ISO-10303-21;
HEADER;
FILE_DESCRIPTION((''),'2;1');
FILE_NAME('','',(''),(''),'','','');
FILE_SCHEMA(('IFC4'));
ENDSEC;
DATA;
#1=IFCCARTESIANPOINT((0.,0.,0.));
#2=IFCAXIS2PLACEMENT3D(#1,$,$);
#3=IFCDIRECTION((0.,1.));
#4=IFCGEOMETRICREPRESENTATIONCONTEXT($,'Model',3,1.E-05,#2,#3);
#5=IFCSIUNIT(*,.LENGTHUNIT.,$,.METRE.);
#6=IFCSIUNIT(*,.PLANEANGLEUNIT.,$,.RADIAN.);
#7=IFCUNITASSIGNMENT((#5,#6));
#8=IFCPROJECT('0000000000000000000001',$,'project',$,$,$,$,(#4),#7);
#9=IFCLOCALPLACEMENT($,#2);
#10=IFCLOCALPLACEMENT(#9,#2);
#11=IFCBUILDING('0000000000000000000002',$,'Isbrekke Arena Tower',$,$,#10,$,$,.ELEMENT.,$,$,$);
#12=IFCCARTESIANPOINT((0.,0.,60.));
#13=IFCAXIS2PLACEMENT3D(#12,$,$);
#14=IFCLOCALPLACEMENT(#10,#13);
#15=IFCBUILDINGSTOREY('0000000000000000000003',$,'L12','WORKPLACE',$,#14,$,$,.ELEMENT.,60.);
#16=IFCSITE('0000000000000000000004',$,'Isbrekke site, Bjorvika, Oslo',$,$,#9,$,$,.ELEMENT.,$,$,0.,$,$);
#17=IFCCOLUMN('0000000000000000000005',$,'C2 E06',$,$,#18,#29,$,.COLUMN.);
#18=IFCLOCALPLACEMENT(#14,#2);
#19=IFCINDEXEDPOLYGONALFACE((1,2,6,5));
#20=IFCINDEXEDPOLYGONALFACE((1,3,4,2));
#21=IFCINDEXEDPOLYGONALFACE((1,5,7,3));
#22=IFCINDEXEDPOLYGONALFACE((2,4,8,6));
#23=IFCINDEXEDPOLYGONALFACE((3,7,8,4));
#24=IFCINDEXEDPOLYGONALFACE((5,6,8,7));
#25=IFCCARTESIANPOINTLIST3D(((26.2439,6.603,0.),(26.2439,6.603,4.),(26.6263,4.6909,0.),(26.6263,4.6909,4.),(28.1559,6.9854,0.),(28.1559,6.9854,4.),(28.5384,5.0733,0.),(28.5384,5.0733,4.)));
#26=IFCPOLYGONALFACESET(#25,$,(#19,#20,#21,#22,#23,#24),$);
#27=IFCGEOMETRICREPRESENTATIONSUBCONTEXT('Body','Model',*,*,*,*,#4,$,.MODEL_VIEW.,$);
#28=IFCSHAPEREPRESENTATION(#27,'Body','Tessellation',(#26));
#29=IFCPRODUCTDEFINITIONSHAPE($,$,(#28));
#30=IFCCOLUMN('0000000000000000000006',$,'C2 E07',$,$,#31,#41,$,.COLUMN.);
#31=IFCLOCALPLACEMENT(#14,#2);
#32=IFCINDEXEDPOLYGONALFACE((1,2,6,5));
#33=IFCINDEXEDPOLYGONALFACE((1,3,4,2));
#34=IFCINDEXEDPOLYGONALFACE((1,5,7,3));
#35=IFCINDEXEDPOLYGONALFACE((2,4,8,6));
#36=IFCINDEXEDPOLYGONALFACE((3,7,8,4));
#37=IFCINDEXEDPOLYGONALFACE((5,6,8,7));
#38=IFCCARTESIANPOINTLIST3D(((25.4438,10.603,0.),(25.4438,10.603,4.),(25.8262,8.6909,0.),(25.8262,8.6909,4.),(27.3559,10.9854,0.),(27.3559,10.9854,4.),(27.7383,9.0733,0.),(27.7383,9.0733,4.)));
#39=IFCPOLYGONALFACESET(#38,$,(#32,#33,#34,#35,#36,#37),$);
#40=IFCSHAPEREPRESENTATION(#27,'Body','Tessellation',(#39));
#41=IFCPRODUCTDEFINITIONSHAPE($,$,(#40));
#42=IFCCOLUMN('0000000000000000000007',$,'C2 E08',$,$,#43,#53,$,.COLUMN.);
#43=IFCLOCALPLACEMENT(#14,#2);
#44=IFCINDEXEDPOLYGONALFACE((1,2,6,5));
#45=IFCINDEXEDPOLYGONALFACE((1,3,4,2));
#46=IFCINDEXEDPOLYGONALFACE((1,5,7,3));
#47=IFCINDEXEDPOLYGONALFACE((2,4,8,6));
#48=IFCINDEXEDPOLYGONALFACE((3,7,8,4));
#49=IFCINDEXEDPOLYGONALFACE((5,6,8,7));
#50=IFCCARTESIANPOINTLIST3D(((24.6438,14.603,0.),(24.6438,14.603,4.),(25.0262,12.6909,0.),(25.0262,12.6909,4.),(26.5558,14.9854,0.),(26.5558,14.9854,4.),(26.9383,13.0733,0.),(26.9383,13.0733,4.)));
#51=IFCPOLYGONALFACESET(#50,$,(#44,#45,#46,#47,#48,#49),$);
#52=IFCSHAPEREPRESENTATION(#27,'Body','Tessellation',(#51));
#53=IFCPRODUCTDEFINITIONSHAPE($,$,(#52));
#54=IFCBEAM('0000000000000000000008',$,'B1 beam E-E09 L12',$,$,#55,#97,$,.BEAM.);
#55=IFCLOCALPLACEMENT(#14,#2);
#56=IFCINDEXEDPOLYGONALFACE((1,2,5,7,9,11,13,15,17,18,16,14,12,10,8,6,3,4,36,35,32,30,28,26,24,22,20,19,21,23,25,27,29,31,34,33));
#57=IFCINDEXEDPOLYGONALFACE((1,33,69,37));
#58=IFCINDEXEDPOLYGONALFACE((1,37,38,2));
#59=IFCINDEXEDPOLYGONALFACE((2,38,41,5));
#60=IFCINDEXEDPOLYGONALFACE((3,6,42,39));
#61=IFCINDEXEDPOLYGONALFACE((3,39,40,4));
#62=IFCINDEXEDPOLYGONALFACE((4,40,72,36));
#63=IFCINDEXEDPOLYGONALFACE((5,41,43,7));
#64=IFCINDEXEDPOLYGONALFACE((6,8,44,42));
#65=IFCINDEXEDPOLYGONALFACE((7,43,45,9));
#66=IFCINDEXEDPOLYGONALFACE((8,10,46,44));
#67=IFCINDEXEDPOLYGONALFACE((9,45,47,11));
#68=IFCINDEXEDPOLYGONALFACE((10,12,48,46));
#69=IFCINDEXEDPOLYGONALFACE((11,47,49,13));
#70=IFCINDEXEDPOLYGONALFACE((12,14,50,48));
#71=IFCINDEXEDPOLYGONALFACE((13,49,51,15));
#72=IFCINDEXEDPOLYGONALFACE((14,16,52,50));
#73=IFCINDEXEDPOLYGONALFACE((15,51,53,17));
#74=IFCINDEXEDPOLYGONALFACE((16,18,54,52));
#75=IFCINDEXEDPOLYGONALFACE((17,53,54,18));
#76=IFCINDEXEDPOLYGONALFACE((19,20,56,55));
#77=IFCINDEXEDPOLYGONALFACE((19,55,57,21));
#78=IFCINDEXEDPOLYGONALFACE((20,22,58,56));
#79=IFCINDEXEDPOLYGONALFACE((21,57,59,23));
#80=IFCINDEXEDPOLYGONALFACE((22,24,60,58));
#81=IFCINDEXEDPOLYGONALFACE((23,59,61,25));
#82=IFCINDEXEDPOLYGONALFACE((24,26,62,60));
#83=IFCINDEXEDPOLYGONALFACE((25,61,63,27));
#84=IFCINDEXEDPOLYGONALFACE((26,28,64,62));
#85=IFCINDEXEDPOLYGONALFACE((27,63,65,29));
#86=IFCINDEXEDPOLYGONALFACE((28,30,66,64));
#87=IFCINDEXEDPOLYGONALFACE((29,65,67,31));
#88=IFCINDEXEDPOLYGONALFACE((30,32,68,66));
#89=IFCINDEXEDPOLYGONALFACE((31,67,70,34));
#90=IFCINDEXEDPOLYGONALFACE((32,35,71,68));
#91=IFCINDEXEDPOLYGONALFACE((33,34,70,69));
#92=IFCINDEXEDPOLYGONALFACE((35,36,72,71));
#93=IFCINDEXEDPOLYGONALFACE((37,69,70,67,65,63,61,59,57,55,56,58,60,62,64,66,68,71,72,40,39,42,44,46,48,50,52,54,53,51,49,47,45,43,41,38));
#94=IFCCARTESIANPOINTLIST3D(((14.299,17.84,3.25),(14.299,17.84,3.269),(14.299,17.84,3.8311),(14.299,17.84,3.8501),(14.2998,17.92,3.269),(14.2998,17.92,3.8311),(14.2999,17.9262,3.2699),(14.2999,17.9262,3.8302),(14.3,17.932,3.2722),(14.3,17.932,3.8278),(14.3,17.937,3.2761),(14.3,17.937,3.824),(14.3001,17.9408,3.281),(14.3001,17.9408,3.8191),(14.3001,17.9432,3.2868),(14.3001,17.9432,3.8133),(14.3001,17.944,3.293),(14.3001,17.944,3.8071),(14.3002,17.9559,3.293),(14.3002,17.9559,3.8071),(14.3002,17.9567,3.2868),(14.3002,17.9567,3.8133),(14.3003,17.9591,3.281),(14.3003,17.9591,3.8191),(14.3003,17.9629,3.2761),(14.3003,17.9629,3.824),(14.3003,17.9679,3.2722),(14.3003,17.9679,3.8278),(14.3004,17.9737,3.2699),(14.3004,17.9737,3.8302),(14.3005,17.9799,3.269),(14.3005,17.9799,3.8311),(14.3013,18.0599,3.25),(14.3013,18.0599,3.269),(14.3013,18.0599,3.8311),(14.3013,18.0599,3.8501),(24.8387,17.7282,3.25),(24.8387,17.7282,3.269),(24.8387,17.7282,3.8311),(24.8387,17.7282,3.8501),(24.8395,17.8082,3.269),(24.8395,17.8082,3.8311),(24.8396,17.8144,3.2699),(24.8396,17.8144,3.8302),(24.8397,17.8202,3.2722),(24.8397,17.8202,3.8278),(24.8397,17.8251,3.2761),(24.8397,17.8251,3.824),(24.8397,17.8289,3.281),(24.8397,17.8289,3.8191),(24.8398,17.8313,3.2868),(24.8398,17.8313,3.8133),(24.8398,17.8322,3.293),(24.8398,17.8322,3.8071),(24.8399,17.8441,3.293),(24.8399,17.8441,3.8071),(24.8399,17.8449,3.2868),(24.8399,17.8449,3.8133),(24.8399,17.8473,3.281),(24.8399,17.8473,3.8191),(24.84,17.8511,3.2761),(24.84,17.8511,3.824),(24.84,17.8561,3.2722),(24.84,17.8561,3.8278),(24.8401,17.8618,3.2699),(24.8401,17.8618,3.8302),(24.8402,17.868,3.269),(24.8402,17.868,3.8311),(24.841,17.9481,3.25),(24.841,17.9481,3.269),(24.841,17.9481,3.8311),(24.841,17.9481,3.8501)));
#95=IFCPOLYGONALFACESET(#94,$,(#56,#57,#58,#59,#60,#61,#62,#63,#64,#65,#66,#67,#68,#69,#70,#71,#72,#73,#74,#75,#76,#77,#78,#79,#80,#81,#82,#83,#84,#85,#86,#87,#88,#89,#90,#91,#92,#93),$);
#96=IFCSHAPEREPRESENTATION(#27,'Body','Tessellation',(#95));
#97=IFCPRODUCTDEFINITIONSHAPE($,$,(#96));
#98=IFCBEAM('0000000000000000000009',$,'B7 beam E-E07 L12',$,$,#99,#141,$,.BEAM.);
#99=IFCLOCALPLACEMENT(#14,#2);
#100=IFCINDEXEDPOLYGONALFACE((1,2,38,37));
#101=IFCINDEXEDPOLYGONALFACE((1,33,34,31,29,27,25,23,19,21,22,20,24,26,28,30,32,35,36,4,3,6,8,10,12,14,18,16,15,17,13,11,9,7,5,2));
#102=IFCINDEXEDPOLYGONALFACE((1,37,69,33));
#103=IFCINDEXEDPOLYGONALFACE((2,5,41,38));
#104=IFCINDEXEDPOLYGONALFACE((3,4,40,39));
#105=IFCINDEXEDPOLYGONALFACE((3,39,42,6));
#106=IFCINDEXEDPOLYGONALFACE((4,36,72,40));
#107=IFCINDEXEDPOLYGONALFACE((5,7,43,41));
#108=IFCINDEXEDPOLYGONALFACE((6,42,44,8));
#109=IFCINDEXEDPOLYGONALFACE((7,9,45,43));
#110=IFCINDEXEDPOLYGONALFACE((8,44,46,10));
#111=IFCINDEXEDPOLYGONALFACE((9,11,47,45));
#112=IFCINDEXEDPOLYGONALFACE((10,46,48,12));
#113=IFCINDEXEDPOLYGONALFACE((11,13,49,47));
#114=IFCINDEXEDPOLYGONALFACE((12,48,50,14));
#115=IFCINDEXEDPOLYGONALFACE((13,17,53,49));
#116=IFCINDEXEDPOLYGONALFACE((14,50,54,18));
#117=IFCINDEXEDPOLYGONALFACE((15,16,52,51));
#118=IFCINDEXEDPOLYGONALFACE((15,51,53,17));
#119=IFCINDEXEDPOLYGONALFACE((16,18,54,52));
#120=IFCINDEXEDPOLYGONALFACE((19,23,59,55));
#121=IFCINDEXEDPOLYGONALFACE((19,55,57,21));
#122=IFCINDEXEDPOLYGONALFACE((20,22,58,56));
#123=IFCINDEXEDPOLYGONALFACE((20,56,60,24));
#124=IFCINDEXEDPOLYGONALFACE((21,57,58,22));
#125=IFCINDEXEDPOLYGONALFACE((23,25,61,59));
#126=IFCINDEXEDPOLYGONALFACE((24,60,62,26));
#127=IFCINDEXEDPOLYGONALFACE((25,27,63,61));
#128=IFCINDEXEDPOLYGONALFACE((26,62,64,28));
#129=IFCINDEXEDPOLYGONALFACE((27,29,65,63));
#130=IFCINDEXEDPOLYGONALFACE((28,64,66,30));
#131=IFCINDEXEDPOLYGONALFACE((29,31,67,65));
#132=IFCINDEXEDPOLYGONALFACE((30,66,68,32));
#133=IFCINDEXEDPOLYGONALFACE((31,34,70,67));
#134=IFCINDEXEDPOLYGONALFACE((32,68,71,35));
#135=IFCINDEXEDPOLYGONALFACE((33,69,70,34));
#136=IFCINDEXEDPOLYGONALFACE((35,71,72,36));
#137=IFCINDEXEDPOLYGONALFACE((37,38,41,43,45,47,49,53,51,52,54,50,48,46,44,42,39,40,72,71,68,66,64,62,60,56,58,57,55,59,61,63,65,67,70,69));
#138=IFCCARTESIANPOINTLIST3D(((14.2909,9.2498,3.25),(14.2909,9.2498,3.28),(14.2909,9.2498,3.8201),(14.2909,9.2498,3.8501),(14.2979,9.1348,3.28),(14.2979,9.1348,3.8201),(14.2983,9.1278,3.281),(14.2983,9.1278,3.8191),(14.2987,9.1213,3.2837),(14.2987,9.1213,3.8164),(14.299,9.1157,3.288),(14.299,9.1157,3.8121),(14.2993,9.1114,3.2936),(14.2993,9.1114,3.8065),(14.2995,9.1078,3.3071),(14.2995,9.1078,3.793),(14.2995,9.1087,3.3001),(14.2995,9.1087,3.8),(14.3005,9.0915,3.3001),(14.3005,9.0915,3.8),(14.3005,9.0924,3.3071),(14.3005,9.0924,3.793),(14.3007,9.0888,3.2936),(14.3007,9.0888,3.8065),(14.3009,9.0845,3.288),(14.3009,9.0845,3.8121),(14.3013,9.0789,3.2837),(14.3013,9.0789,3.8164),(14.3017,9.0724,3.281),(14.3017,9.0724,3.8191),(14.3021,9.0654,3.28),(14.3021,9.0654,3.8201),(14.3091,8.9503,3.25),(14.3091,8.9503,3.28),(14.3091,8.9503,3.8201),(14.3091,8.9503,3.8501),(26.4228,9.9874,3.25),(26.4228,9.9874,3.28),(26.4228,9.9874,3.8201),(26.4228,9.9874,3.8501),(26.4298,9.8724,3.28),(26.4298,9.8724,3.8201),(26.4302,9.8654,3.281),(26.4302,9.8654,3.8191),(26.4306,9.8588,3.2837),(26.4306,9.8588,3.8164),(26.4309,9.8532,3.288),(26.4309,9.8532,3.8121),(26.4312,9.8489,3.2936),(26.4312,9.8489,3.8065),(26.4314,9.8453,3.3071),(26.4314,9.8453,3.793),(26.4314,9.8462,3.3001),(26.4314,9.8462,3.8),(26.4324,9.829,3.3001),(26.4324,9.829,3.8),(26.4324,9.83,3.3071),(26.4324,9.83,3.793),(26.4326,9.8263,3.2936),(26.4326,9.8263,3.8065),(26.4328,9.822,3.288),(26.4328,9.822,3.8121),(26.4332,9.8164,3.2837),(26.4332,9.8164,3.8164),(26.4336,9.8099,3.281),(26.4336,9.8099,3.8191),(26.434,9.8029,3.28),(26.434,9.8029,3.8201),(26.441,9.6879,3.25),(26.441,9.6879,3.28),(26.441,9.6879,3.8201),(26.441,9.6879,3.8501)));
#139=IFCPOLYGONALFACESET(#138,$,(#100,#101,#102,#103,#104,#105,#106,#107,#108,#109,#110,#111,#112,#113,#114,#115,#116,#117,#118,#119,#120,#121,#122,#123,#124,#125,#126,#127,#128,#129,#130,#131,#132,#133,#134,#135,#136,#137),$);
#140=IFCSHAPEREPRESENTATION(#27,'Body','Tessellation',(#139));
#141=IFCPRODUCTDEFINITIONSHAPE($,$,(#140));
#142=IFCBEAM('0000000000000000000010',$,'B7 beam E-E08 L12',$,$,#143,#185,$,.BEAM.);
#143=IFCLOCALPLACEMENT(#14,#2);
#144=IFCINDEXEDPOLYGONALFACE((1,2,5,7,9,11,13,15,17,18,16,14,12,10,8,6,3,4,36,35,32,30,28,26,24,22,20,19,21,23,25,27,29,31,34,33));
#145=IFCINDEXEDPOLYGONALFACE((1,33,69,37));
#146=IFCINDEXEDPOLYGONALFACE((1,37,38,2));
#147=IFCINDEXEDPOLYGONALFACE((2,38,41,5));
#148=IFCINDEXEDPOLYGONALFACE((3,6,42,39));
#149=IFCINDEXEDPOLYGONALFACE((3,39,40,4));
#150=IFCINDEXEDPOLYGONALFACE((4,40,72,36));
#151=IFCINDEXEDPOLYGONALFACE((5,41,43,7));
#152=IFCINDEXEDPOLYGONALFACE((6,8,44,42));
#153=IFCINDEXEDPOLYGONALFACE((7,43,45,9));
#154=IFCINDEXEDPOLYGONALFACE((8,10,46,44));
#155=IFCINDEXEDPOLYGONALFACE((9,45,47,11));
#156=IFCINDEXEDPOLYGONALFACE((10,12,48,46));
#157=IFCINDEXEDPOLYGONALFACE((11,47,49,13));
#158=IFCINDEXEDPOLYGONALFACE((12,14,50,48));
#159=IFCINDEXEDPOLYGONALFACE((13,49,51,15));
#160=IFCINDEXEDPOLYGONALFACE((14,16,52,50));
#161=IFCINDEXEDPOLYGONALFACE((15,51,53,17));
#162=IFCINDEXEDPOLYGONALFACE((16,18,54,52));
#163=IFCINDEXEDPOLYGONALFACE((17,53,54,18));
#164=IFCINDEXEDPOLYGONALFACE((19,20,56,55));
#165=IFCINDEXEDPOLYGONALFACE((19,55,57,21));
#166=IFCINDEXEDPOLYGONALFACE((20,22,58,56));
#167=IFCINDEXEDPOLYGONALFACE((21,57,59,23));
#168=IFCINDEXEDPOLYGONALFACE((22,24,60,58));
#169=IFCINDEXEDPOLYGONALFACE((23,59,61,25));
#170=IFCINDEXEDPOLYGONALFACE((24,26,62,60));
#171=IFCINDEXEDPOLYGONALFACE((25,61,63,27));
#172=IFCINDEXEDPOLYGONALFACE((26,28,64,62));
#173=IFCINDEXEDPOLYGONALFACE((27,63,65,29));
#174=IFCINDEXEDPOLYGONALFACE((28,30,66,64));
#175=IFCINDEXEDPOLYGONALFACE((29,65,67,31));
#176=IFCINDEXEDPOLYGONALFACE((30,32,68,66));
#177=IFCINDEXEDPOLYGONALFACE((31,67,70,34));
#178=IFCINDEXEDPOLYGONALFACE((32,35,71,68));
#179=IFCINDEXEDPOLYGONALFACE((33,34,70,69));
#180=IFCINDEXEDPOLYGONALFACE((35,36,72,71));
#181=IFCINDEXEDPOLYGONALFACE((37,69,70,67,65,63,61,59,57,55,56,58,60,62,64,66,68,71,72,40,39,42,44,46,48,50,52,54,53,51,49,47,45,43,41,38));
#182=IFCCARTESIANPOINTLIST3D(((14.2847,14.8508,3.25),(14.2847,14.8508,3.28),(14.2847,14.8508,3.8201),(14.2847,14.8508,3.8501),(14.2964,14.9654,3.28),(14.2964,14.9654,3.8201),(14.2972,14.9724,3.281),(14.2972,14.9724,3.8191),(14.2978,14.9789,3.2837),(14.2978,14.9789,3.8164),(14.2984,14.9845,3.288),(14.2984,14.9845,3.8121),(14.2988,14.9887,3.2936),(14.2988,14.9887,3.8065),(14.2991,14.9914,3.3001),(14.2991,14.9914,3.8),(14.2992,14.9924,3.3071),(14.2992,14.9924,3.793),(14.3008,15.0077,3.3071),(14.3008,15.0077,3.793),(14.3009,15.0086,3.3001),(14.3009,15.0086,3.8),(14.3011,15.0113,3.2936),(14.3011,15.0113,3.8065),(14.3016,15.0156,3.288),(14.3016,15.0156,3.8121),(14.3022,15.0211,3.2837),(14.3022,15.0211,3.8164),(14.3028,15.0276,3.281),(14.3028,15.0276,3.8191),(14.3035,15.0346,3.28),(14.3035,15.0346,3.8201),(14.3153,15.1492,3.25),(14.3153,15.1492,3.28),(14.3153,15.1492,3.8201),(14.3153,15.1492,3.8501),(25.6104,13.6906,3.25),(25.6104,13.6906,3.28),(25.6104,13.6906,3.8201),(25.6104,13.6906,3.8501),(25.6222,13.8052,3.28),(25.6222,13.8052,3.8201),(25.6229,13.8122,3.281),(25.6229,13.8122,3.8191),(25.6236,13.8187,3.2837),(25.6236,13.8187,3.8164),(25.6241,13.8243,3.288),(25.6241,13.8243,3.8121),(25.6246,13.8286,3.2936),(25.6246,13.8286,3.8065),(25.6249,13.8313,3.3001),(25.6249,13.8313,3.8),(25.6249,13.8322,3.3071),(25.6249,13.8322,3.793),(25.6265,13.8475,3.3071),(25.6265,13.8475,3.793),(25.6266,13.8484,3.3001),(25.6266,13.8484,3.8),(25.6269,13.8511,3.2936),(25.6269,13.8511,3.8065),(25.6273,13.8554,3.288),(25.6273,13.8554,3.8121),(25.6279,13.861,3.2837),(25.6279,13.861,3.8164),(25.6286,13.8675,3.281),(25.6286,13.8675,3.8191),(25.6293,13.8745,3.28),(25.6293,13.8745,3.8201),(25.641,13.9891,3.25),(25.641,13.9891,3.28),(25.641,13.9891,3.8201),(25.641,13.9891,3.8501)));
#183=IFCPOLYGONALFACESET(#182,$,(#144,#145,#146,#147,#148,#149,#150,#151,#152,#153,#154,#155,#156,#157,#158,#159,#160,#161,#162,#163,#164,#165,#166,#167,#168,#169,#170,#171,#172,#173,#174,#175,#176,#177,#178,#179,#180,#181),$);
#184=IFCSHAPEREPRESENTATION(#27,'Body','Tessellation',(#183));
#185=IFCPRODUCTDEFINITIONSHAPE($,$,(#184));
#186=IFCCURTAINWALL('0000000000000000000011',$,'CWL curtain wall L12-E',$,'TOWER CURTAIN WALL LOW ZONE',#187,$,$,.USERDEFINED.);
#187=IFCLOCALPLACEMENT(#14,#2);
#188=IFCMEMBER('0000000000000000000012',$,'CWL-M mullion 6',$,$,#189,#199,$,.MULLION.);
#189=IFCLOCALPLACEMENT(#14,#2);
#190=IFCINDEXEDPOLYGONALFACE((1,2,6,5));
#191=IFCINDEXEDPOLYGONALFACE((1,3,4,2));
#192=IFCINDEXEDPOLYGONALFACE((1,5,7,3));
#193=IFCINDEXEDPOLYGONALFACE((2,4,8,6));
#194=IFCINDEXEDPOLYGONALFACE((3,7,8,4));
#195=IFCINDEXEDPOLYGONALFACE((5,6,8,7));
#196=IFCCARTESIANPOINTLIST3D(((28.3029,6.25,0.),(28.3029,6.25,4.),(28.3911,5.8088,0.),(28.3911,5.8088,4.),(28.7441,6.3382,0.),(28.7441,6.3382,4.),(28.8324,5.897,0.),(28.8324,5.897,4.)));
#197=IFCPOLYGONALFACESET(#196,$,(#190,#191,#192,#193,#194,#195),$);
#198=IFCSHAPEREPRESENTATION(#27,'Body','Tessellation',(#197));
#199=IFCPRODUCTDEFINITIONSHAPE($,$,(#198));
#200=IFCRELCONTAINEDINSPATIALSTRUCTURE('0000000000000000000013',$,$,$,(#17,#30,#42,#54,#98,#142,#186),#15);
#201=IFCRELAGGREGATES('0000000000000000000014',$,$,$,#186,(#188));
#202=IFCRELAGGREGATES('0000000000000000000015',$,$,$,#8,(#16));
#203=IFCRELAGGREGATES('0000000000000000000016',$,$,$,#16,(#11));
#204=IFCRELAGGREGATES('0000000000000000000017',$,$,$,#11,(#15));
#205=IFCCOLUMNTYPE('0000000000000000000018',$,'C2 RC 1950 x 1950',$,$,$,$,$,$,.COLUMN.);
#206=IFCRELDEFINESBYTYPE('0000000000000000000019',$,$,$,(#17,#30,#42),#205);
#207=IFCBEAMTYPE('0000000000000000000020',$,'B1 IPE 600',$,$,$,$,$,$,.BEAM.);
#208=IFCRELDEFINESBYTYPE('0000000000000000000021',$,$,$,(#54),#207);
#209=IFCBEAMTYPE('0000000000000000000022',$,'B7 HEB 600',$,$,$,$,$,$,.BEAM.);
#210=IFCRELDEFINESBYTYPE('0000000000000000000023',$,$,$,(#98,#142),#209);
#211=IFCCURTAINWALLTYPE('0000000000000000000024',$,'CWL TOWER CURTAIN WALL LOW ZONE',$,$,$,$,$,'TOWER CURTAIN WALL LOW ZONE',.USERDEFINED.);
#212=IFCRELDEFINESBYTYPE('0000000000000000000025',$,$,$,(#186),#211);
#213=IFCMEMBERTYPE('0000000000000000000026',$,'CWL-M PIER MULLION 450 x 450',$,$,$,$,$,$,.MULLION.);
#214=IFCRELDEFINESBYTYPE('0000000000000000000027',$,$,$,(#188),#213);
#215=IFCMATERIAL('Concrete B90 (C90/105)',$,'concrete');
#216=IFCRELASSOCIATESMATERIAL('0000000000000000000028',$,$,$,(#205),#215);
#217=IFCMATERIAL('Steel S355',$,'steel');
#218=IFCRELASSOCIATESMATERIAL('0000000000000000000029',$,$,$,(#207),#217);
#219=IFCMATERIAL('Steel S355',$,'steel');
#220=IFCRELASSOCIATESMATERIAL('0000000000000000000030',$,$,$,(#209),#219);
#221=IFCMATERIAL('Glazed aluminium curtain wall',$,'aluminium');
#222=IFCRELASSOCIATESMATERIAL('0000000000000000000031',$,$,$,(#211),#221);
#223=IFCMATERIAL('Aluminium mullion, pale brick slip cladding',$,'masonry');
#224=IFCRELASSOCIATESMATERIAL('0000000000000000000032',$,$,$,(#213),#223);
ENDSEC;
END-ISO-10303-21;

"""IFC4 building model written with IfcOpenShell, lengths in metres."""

from ifc_helpers import new_model, si_unit, direction, frame, origin, origin_2d, place, context, subcontext, project, spatial, rectangle, i_section, extrude, material, material_profile, profile_set, type_object, element, aggregate, save


model = new_model("IFC4")

# Units and contexts
model_context = context("Model", 3, precision=1e-05, world=origin(), true_north=direction((0.0, 1.0)))
body_context = subcontext(model_context, "Body", "Model", "MODEL_VIEW")
ifc_project = project(units=[si_unit("LENGTHUNIT", "METRE"), si_unit("PLANEANGLEUNIT", "RADIAN")], contexts=[model_context])

# Site, building, storey
site_placement = place(None, origin())
site = spatial("IfcSite", under=ifc_project, at=site_placement, Name="Isbrekke site, Bjorvika, Oslo", CompositionType="ELEMENT", RefElevation=0.0)
building_placement = place(site_placement, origin())
building = spatial("IfcBuilding", under=site, at=building_placement, Name="Isbrekke Arena Tower", CompositionType="ELEMENT")
storey_placement = place(building_placement, frame((0.0, 0.0, 60.0)))
storey = spatial("IfcBuildingStorey", under=building, at=storey_placement, Name="L12", Description="WORKPLACE", CompositionType="ELEMENT", Elevation=60.0)

# Columns
ifc_material_1 = material(Name="Concrete B90 (C90/105)", Category="concrete")
ifc_material_profile_1 = material_profile(ifc_material_1, rectangle(XDim=1.95, YDim=1.95, at=origin_2d()), Name="RC 1950x1950")
ifc_profile_set_1 = profile_set([ifc_material_profile_1], Name="Concrete B90 (C90/105)")
column_type = type_object("IfcColumnType", Name="C2 RC 1950 x 1950", PredefinedType="COLUMN", material=ifc_profile_set_1)
for number, where, z_axis, x_axis, name in (
    (1, (27.3911, 5.8381, 0.0), (0.0, 0.0, 1.0), (-0.196116, 0.980581, 0.0), "C2 E06"),
    (2, (26.5911, 9.8381, 0.0), (0.0, 0.0, 1.0), (-0.196116, 0.980581, 0.0), "C2 E07"),
    (3, (25.791, 13.8381, 0.0), (0.0, 0.0, 1.0), (-0.196116, 0.980581, 0.0), "C2 E08"),
):
    element("IfcColumn", number, at=place(storey_placement, frame(where, z_axis=z_axis, x_axis=x_axis)), inside=storey, type_object=column_type, Name=name, PredefinedType="COLUMN", context=body_context, shape_type="SweptSolid", body=[
        extrude(rectangle(XDim=1.95, YDim=1.95, at=origin_2d()), origin(), (0.0, 0.0, 1.0), 4.0),
    ])

# Beams
ifc_material_2 = material(Name="Steel S355", Category="steel")
ifc_material_profile_2 = material_profile(ifc_material_2, i_section(OverallWidth=0.22, OverallDepth=0.6001, WebThickness=0.012, FlangeThickness=0.019, FilletRadius=0.0239, at=origin_2d()), Name="IPE 600")
ifc_profile_set_2 = profile_set([ifc_material_profile_2], Name="Steel S355")
beam_type_1 = type_object("IfcBeamType", Name="B1 IPE 600", PredefinedType="BEAM", material=ifc_profile_set_2)
beam_1_placement = place(storey_placement, frame((24.8398, 17.8381, 3.55), z_axis=(-0.999944, 0.010608, 0.0), x_axis=(-0.010608, -0.999944, 0.0)))
element("IfcBeam", 4, at=beam_1_placement, inside=storey, type_object=beam_type_1, Name="B1 beam E-E09 L12", PredefinedType="BEAM", context=body_context, shape_type="SweptSolid", body=[
    extrude(i_section(OverallWidth=0.22, OverallDepth=0.6001, WebThickness=0.012, FlangeThickness=0.019, FilletRadius=0.0239, at=origin_2d()), origin(), (0.0, 0.0, 1.0), 10.5403),
])
ifc_material_3 = material(Name="Steel S355", Category="steel")
ifc_material_profile_3 = material_profile(ifc_material_3, i_section(OverallWidth=0.3, OverallDepth=0.6001, WebThickness=0.0154, FlangeThickness=0.03, FilletRadius=0.0271, at=origin_2d()), Name="HEB 600")
ifc_profile_set_3 = profile_set([ifc_material_profile_3], Name="Steel S355")
beam_type_2 = type_object("IfcBeamType", Name="B7 HEB 600", PredefinedType="BEAM", material=ifc_profile_set_3)
beam_2_placement = place(storey_placement, frame((26.4319, 9.8376, 3.55), z_axis=(-0.998157, -0.060682, 0.0), x_axis=(0.060682, -0.998157, 0.0)))
element("IfcBeam", 5, at=beam_2_placement, inside=storey, type_object=beam_type_2, Name="B7 beam E-E07 L12", PredefinedType="BEAM", context=body_context, shape_type="SweptSolid", body=[
    extrude(i_section(OverallWidth=0.3, OverallDepth=0.6001, WebThickness=0.0154, FlangeThickness=0.03, FilletRadius=0.0271, at=origin_2d()), origin(), (0.0, 0.0, 1.0), 12.1543),
])
beam_3_placement = place(storey_placement, frame((25.6257, 13.8398, 3.55), z_axis=(-0.994794, 0.101903, 0.0), x_axis=(-0.101903, -0.994794, 0.0)))
element("IfcBeam", 6, at=beam_3_placement, inside=storey, type_object=beam_type_2, Name="B7 beam E-E08 L12", PredefinedType="BEAM", context=body_context, shape_type="SweptSolid", body=[
    extrude(i_section(OverallWidth=0.3, OverallDepth=0.6001, WebThickness=0.0154, FlangeThickness=0.03, FilletRadius=0.0271, at=origin_2d()), origin(), (0.0, 0.0, 1.0), 11.385),
])

# Curtain wall, member
ifc_material_4 = material(Name="Glazed aluminium curtain wall", Category="aluminium")
curtain_wall_type = type_object("IfcCurtainWallType", Name="CWL TOWER CURTAIN WALL LOW ZONE", ElementType="TOWER CURTAIN WALL LOW ZONE", PredefinedType="USERDEFINED", material=ifc_material_4)
curtain_wall_placement = place(storey_placement, origin())
curtain_wall = element("IfcCurtainWall", 7, at=curtain_wall_placement, inside=storey, type_object=curtain_wall_type, Name="CWL curtain wall L12-E", ObjectType="TOWER CURTAIN WALL LOW ZONE", PredefinedType="USERDEFINED")
ifc_material_5 = material(Name="Aluminium mullion, pale brick slip cladding", Category="masonry")
ifc_material_profile_4 = material_profile(ifc_material_5, rectangle(XDim=0.45, YDim=0.45, at=origin_2d()), Name="PIER 450X450")
ifc_profile_set_4 = profile_set([ifc_material_profile_4], Name="Aluminium mullion, pale brick slip cladding")
member_type_1 = type_object("IfcMemberType", Name="CWL-M PIER MULLION 450 x 450", PredefinedType="MULLION", material=ifc_profile_set_4)
member_1_placement = place(storey_placement, frame((28.5676, 6.0735, 0.0), z_axis=(0.0, 0.0, 1.0), x_axis=(-0.196116, 0.980581, 0.0)))
member_1 = element("IfcMember", 8, at=member_1_placement, type_object=member_type_1, Name="CWL-M mullion 6", PredefinedType="MULLION", context=body_context, shape_type="SweptSolid", body=[
    extrude(rectangle(XDim=0.45, YDim=0.45, at=origin_2d()), origin(), (0.0, 0.0, 1.0), 4.0),
])

aggregate(curtain_wall, [member_1])

save(model, "model.ifc")
